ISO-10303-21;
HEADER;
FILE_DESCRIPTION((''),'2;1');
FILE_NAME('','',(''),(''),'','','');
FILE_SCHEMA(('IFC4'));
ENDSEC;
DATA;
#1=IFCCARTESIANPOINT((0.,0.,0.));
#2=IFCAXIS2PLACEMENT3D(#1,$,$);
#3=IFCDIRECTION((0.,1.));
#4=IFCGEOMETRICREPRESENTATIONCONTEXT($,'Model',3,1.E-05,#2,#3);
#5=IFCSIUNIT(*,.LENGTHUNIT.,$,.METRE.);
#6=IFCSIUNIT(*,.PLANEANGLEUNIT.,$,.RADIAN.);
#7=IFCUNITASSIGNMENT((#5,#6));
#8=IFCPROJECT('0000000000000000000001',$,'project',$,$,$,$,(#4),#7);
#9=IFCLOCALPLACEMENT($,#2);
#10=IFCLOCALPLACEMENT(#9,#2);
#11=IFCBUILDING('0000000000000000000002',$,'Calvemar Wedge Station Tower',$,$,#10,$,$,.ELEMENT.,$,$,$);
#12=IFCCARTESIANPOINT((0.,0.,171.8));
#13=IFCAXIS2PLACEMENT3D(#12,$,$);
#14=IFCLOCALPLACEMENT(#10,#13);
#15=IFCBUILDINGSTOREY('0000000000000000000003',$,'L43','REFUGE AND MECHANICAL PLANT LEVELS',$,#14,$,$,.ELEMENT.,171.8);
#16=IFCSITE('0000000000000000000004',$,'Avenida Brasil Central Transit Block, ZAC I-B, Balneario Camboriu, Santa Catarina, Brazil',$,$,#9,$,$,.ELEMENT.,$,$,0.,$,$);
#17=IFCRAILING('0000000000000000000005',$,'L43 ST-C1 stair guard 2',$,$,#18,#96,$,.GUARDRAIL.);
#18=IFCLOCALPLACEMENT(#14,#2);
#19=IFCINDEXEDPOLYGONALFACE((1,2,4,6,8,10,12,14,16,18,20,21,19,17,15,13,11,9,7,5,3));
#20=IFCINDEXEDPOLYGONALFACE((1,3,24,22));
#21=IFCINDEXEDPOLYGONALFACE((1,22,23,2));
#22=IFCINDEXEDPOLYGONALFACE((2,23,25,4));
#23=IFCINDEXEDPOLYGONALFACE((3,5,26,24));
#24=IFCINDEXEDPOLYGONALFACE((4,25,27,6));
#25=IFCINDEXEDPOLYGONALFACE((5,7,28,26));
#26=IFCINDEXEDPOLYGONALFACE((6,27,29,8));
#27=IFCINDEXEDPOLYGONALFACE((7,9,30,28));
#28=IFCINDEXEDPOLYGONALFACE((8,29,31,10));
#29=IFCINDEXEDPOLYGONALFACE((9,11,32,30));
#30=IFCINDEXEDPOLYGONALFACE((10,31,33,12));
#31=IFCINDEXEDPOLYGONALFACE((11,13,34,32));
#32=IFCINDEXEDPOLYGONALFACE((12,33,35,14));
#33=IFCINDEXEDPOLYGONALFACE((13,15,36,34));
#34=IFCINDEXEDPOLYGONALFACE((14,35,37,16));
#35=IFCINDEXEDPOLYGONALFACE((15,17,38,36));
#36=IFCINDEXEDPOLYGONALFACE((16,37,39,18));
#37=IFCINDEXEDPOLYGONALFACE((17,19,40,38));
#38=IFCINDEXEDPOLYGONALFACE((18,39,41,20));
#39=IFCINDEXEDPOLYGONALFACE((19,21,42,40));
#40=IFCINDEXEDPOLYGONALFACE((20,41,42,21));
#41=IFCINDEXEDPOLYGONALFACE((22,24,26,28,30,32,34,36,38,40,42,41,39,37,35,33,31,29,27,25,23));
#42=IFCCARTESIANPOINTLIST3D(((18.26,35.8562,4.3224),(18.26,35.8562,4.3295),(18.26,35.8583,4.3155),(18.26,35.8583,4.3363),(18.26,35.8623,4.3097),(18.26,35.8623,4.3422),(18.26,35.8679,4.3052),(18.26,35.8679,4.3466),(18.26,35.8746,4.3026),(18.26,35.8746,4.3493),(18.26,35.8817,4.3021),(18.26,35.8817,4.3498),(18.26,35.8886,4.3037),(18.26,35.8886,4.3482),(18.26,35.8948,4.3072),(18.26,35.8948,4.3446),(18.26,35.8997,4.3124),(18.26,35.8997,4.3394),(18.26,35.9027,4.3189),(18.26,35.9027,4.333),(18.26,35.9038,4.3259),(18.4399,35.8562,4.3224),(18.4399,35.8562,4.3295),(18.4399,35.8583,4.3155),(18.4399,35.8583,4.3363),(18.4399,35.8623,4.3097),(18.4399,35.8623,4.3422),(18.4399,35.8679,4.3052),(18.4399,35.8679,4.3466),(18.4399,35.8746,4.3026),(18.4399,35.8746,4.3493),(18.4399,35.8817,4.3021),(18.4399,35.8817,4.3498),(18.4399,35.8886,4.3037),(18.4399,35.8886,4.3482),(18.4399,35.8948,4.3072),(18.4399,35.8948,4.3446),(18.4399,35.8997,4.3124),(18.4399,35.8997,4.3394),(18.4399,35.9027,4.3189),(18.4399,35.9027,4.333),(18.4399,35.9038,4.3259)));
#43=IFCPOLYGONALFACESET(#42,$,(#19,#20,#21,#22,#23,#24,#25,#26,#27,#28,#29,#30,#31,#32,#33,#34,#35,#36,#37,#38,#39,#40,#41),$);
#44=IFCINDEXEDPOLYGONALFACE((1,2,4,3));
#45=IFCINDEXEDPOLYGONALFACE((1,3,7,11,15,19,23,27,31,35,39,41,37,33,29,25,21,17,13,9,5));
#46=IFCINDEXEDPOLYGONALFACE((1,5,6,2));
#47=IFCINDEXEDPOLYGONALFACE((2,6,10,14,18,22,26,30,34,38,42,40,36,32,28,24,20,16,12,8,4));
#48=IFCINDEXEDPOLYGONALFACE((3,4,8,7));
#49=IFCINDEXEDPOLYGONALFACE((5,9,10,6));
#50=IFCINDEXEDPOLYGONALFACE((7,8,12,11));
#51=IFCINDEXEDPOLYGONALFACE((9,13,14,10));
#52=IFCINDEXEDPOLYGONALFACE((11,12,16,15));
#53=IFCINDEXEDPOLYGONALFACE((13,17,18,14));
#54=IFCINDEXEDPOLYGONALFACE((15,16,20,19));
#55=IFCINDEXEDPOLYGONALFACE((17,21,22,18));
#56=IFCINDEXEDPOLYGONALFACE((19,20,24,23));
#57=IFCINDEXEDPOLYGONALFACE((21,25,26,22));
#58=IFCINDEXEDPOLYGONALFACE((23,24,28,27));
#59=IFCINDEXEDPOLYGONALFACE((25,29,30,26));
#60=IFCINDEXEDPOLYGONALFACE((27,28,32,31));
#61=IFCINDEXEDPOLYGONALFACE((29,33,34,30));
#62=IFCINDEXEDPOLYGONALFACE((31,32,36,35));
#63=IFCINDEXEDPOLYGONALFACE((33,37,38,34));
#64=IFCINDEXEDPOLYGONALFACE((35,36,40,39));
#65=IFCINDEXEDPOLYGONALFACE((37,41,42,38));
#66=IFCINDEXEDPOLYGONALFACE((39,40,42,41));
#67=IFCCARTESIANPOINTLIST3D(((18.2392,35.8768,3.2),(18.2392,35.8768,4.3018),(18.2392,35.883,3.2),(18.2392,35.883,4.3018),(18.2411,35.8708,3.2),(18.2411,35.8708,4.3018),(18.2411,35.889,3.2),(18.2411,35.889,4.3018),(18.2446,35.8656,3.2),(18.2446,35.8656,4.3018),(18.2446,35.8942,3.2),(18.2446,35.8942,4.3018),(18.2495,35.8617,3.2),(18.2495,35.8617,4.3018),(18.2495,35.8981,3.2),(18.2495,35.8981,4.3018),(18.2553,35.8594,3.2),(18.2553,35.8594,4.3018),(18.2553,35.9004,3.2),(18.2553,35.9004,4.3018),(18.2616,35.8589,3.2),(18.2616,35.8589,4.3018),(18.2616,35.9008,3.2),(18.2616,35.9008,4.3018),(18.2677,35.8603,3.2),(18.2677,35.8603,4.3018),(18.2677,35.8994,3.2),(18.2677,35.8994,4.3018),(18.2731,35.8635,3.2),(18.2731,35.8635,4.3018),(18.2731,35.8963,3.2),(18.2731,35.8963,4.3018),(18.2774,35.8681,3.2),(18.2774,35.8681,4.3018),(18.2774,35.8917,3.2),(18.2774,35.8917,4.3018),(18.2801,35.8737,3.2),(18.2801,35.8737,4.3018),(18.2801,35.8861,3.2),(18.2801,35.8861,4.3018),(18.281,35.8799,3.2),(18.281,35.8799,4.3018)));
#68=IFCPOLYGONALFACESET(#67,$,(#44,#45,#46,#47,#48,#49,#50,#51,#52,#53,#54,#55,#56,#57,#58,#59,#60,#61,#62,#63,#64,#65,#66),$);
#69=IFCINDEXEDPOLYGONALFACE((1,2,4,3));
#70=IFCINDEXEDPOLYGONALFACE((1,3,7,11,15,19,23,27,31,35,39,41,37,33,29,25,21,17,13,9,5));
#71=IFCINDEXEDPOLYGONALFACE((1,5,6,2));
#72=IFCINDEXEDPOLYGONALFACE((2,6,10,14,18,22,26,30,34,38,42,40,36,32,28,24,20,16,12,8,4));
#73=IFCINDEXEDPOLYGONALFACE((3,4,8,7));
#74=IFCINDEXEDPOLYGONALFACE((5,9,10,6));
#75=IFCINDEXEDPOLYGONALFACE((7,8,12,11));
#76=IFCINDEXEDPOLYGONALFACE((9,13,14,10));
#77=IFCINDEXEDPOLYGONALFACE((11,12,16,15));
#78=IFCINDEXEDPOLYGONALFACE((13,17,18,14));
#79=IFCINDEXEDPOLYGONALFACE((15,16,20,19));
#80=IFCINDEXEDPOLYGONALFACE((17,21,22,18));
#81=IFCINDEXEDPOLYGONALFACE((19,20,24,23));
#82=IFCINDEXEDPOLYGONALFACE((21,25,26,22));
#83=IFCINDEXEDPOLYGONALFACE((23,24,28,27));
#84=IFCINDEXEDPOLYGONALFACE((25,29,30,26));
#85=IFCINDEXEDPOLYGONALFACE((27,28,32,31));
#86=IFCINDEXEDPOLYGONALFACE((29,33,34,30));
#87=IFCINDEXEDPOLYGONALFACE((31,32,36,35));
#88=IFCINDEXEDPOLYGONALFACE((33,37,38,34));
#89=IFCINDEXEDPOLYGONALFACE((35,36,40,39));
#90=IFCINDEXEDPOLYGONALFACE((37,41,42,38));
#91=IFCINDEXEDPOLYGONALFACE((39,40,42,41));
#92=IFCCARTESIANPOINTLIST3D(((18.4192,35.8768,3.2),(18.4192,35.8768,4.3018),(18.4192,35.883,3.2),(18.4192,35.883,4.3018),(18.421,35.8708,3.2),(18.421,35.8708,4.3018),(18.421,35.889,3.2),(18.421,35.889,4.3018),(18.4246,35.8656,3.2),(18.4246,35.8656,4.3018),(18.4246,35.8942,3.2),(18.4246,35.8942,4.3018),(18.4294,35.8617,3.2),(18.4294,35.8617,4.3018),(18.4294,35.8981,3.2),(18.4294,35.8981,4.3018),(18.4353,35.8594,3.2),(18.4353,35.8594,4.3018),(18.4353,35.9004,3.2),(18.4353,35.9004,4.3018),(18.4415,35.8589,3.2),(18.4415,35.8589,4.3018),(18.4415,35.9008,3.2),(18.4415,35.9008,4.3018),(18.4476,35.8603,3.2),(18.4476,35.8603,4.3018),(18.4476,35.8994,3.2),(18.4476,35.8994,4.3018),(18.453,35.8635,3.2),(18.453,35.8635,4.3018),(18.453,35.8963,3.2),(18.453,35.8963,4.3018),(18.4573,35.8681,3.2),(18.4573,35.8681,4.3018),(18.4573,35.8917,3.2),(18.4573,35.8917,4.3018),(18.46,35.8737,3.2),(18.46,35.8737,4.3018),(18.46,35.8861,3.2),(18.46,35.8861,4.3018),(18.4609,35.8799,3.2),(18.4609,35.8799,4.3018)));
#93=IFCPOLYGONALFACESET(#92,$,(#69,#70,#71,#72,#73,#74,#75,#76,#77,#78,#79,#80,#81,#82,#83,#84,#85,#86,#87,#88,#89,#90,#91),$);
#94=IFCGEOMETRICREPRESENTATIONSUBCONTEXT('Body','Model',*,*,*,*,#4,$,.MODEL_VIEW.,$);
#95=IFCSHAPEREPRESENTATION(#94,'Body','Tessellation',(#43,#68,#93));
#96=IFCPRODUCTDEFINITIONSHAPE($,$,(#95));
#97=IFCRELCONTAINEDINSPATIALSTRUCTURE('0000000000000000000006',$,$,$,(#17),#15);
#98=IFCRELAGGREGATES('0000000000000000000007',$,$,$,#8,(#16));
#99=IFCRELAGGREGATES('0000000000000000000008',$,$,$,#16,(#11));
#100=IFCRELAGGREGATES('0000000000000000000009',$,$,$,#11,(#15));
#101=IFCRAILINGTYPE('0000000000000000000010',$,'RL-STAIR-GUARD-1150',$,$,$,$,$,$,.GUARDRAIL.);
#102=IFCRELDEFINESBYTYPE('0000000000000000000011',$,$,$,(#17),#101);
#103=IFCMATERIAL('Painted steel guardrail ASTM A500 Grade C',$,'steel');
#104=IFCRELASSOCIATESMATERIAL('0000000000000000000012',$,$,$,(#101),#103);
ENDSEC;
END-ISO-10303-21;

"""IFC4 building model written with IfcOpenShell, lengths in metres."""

from ifc_helpers import new_model, si_unit, direction, frame, origin, origin_2d, place, context, subcontext, project, spatial, circle, extrude, material, type_object, element, save


model = new_model("IFC4")

# Units and contexts
model_context = context("Model", 3, precision=1e-05, world=origin(), true_north=direction((0.0, 1.0)))
body_context = subcontext(model_context, "Body", "Model", "MODEL_VIEW")
ifc_project = project(units=[si_unit("LENGTHUNIT", "METRE"), si_unit("PLANEANGLEUNIT", "RADIAN")], contexts=[model_context])

# Site, building, storey
site_placement = place(None, origin())
site = spatial("IfcSite", under=ifc_project, at=site_placement, Name="Avenida Brasil Central Transit Block, ZAC I-B, Balneario Camboriu, Santa Catarina, Brazil", CompositionType="ELEMENT", RefElevation=0.0)
building_placement = place(site_placement, origin())
building = spatial("IfcBuilding", under=site, at=building_placement, Name="Calvemar Wedge Station Tower", CompositionType="ELEMENT")
storey_placement = place(building_placement, frame((0.0, 0.0, 171.8)))
storey = spatial("IfcBuildingStorey", under=building, at=storey_placement, Name="L43", Description="REFUGE AND MECHANICAL PLANT LEVELS", CompositionType="ELEMENT", Elevation=171.8)

# Railing
ifc_material_1 = material(Name="Painted steel guardrail ASTM A500 Grade C", Category="steel")
railing_type_1 = type_object("IfcRailingType", Name="RL-STAIR-GUARD-1150", PredefinedType="GUARDRAIL", material=ifc_material_1)
railing_1_placement = place(storey_placement, frame((18.26, 35.8799, 3.2)))
element("IfcRailing", 1, at=railing_1_placement, inside=storey, type_object=railing_type_1, Name="L43 ST-C1 stair guard 2", PredefinedType="GUARDRAIL", context=body_context, shape_type="SweptSolid", body=[
    extrude(circle(Radius=0.0239, at=origin_2d()), frame((0.0, 0.0, 1.126), z_axis=(1.0, 0.0, 0.0), x_axis=(0.0, 1.0, 0.0)), (0.0, 0.0, 1.0), 0.1799),
    extrude(circle(Radius=0.021, at=origin_2d()), origin(), (0.0, 0.0, 1.0), 1.1018),
    extrude(circle(Radius=0.021, at=origin_2d()), frame((0.1799, 0.0, 0.0)), (0.0, 0.0, 1.0), 1.1018),
])

save(model, "model.ifc")
